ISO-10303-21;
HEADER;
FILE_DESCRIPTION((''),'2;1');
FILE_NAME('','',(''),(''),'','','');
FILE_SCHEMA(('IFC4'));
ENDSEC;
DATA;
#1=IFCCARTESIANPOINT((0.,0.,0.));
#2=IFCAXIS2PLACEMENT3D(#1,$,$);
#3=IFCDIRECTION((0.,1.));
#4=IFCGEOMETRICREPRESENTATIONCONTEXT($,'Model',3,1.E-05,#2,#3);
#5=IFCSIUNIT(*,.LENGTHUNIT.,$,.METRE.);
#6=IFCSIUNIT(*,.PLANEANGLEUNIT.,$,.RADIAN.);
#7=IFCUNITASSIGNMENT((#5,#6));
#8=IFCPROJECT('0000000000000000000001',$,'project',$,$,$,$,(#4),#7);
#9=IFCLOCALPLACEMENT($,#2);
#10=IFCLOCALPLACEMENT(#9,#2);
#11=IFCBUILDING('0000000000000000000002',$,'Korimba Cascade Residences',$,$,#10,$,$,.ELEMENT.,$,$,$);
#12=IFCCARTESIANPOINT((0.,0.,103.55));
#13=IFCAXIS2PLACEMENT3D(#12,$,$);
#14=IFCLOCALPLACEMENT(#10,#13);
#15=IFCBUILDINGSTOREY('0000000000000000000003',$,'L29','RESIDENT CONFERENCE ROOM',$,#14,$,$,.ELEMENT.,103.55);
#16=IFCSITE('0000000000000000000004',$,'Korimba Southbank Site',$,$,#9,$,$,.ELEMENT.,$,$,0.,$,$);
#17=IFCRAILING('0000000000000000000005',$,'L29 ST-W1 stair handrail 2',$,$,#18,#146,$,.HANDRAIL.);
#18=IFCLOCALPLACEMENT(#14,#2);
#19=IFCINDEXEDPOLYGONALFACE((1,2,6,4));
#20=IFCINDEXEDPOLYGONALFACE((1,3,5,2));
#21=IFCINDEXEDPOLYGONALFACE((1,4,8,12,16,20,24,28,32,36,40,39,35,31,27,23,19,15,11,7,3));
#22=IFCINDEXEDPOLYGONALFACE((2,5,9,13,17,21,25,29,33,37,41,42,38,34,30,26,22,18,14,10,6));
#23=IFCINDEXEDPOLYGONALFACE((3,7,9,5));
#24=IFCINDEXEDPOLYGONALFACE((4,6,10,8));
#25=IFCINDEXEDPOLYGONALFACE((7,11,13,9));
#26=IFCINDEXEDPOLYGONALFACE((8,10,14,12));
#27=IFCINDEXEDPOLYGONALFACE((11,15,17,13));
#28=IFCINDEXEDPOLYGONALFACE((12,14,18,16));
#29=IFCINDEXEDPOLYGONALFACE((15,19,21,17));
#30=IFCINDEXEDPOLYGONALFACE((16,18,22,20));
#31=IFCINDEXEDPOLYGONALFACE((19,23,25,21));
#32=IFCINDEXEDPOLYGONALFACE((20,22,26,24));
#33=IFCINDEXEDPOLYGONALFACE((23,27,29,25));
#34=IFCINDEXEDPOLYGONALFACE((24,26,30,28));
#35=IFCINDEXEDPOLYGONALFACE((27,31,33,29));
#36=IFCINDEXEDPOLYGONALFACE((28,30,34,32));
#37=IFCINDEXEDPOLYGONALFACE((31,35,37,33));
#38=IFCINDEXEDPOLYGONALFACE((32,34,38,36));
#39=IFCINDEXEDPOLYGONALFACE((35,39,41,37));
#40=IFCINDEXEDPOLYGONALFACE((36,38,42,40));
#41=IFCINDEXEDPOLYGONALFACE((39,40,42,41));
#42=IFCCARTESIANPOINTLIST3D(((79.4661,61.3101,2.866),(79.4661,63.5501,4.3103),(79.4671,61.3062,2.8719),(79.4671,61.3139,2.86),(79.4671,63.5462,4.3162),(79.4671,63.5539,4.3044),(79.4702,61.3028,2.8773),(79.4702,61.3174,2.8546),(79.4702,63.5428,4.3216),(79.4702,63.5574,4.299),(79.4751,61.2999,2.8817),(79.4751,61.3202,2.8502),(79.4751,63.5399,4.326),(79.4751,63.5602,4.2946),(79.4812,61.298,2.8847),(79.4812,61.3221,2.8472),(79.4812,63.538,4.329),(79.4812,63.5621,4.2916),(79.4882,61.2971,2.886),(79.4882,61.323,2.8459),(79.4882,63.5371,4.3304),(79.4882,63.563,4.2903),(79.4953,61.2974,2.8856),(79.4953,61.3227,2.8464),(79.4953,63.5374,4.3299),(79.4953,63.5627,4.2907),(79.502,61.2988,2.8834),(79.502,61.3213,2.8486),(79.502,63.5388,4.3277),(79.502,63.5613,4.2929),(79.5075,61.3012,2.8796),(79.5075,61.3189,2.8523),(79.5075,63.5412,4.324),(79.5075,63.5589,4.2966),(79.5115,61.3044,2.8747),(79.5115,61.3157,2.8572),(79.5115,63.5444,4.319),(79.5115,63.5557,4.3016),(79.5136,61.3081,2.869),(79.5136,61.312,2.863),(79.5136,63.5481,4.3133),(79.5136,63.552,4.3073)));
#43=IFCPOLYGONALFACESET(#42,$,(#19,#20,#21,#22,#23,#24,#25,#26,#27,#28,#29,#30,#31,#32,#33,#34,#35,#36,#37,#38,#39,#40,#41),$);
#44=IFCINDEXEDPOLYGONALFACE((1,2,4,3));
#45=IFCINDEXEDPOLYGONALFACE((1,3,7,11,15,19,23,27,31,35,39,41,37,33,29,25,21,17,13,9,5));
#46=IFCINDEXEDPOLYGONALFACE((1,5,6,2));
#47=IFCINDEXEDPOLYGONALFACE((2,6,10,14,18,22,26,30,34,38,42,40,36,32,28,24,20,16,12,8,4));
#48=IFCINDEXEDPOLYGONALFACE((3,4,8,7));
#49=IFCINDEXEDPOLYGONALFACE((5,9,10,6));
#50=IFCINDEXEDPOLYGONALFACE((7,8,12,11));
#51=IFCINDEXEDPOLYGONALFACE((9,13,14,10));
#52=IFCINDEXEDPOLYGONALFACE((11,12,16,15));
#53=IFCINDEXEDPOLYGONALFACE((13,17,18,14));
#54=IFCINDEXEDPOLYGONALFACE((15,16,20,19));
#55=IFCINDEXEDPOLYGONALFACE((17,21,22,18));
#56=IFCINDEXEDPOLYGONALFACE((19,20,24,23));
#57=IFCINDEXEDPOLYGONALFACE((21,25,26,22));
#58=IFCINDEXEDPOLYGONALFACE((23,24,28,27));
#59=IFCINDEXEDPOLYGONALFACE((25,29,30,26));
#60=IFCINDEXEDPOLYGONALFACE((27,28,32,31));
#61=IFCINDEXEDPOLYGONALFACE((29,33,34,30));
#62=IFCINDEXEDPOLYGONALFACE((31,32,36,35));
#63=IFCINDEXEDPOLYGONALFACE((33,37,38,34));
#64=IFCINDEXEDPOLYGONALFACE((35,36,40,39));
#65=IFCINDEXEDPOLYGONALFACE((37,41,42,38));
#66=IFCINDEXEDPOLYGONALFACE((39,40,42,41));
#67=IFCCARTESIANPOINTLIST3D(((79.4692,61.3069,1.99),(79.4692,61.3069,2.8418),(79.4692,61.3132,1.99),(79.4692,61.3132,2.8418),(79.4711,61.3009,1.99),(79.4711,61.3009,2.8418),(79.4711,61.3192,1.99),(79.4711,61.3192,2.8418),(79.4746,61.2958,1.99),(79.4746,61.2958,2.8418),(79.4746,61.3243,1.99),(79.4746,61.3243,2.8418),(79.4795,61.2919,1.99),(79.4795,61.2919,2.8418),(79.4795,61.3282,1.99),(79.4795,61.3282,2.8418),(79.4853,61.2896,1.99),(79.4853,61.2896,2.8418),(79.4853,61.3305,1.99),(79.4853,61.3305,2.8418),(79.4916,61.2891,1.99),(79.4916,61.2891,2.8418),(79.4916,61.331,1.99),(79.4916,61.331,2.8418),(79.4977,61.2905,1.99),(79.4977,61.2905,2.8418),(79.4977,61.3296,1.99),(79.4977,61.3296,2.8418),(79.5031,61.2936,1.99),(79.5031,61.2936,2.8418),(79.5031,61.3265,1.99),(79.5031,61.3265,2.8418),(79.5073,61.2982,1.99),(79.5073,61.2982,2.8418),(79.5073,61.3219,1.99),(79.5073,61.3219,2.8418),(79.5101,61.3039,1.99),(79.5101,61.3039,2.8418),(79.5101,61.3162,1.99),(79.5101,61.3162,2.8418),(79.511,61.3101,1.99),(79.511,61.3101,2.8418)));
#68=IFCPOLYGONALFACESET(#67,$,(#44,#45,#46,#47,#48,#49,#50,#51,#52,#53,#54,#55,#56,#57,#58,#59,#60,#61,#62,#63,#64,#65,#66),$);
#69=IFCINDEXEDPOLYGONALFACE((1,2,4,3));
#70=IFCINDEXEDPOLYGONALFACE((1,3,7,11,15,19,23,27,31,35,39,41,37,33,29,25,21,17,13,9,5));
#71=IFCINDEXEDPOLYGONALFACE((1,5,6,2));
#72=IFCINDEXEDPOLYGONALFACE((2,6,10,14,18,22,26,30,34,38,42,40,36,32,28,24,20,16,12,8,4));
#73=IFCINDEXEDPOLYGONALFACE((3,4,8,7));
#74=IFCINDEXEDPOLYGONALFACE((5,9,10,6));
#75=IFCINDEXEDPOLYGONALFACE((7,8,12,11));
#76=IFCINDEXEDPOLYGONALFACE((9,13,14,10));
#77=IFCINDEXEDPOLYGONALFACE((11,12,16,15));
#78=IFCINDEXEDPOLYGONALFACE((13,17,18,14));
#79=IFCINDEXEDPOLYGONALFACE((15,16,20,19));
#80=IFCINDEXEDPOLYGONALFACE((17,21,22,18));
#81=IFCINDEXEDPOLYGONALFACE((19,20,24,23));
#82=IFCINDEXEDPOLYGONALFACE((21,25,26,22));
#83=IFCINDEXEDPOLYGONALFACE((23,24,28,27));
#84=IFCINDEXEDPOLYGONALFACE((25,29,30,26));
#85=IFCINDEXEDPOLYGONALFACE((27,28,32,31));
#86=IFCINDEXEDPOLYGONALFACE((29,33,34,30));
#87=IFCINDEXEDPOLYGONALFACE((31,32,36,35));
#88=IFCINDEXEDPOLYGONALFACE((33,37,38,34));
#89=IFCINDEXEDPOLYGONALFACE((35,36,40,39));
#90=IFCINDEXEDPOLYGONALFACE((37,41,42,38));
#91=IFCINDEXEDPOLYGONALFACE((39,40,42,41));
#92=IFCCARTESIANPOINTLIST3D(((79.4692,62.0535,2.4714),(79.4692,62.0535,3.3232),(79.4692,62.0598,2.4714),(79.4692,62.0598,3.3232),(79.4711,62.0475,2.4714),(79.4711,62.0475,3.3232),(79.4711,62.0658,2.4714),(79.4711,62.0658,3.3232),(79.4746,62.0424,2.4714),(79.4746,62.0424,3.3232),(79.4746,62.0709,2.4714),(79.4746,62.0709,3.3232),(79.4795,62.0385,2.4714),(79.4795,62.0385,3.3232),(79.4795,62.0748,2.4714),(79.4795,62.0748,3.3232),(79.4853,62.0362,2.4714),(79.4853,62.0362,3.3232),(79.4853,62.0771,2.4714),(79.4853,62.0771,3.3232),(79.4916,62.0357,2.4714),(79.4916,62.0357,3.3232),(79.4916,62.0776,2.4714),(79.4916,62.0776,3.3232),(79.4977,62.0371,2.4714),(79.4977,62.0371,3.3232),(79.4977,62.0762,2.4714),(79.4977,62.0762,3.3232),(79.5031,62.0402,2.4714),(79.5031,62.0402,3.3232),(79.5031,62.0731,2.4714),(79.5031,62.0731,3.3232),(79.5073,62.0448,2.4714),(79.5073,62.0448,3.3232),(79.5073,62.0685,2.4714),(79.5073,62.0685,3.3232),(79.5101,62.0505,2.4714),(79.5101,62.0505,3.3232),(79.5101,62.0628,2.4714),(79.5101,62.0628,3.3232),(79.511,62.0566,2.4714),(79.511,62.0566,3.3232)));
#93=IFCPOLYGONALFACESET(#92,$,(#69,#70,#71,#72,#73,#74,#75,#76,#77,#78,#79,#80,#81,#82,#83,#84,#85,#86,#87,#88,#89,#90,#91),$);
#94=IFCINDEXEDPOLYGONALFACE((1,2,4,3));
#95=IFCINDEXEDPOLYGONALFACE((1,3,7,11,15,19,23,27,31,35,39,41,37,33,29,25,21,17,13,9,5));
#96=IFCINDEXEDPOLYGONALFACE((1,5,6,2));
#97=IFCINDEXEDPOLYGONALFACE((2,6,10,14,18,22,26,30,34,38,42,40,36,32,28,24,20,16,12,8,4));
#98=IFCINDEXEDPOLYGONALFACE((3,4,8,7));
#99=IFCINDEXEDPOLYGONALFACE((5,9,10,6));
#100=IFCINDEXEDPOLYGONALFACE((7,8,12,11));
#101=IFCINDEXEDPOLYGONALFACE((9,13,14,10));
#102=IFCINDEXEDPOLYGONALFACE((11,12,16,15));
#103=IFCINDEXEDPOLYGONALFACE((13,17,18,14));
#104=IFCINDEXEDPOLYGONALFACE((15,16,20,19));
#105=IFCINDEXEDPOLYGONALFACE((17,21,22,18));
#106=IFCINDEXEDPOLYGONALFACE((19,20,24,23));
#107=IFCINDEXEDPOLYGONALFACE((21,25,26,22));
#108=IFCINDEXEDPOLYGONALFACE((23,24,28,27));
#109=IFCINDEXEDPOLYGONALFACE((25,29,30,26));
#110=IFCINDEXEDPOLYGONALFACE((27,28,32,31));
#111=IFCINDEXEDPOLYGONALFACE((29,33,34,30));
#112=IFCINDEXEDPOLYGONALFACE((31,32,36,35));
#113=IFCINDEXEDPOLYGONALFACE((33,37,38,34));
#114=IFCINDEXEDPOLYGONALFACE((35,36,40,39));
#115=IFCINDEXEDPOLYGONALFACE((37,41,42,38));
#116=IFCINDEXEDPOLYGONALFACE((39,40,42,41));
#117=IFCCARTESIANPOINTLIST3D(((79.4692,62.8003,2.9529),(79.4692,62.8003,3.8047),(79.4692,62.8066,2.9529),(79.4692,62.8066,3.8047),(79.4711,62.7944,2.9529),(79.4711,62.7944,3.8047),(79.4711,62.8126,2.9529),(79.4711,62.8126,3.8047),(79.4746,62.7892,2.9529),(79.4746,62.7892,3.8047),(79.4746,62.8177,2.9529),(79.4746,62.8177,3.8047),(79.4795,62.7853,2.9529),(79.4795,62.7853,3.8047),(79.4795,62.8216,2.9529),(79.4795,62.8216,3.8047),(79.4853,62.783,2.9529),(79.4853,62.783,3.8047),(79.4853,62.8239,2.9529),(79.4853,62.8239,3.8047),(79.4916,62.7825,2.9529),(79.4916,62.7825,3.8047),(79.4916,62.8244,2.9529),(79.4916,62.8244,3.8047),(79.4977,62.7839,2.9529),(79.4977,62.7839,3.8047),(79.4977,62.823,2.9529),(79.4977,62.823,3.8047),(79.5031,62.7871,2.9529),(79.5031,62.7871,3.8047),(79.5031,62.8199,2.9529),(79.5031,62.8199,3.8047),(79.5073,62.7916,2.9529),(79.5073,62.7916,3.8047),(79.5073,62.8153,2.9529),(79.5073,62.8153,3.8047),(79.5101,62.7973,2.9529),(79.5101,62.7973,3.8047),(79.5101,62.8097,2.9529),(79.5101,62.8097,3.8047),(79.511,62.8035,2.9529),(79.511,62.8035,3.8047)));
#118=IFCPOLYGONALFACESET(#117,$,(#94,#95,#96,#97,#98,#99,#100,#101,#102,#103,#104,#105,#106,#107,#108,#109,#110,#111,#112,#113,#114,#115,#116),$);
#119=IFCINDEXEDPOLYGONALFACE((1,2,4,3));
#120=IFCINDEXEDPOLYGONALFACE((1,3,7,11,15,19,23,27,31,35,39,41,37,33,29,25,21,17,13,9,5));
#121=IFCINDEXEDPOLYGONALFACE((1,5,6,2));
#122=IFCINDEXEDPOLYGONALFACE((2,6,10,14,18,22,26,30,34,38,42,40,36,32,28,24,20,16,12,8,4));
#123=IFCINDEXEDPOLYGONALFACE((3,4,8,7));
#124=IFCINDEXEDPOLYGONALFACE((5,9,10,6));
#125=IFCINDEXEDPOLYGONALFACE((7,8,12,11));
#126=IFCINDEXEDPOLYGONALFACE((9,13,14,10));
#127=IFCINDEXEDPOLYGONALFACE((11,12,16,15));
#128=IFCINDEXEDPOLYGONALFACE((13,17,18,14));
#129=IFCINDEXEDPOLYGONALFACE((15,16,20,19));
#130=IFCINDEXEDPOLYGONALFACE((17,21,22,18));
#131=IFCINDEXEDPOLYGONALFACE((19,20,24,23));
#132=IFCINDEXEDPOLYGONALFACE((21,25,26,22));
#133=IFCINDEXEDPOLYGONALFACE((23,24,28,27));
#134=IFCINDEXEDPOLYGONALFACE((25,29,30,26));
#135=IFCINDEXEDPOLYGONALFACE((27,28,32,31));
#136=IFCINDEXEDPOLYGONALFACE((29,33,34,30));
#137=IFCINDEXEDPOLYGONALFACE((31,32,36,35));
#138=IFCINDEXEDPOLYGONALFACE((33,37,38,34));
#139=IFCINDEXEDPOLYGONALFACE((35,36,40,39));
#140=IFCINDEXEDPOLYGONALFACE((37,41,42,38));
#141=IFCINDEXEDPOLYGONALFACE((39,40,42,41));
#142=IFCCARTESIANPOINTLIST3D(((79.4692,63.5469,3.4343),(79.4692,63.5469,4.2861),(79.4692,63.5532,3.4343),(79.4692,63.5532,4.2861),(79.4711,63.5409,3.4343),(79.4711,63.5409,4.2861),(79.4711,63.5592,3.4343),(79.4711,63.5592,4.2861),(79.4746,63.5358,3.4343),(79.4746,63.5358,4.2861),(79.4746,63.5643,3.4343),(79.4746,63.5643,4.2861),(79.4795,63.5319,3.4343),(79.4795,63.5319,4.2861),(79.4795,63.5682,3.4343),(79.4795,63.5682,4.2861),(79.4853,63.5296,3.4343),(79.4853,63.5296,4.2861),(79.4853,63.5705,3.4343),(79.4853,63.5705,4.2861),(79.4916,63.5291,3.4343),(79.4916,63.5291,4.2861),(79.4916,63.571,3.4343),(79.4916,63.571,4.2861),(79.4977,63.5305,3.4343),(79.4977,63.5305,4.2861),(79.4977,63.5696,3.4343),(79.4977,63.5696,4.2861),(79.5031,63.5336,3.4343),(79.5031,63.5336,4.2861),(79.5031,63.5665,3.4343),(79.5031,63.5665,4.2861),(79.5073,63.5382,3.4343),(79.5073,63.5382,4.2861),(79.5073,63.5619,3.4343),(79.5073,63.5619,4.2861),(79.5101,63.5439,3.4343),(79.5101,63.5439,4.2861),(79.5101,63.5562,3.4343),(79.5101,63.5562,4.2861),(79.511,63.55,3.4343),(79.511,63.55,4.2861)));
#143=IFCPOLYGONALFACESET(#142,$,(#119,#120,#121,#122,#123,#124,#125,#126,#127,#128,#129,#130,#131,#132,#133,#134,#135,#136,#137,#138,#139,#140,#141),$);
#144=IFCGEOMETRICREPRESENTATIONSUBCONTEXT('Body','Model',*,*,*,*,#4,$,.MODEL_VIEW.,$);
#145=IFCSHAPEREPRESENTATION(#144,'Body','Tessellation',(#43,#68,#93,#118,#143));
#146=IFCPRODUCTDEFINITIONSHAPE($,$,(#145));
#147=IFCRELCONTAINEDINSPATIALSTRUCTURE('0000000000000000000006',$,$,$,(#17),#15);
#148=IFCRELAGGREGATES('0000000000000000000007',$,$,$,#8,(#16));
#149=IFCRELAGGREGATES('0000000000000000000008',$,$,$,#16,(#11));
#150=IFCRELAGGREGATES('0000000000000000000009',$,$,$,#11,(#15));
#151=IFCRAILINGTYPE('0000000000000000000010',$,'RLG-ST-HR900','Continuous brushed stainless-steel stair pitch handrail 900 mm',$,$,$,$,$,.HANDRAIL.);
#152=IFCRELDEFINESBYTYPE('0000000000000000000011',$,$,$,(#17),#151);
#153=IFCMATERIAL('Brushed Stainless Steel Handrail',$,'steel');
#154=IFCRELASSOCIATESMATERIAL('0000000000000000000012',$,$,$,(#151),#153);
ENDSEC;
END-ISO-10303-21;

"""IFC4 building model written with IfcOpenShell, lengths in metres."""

from ifc_helpers import new_model, si_unit, direction, frame, origin, origin_2d, place, context, subcontext, project, spatial, circle, extrude, material, type_object, element, save


model = new_model("IFC4")

# Units and contexts
model_context = context("Model", 3, precision=1e-05, world=origin(), true_north=direction((0.0, 1.0)))
body_context = subcontext(model_context, "Body", "Model", "MODEL_VIEW")
ifc_project = project(units=[si_unit("LENGTHUNIT", "METRE"), si_unit("PLANEANGLEUNIT", "RADIAN")], contexts=[model_context])

# Site, building, storey
site_placement = place(None, origin())
site = spatial("IfcSite", under=ifc_project, at=site_placement, Name="Korimba Southbank Site", CompositionType="ELEMENT", RefElevation=0.0)
building_placement = place(site_placement, origin())
building = spatial("IfcBuilding", under=site, at=building_placement, Name="Korimba Cascade Residences", CompositionType="ELEMENT")
storey_placement = place(building_placement, frame((0.0, 0.0, 103.55)))
storey = spatial("IfcBuildingStorey", under=building, at=storey_placement, Name="L29", Description="RESIDENT CONFERENCE ROOM", CompositionType="ELEMENT", Elevation=103.55)

# Railing
ifc_material_1 = material(Name="Brushed Stainless Steel Handrail", Category="steel")
railing_type_1 = type_object("IfcRailingType", Name="RLG-ST-HR900", Description="Continuous brushed stainless-steel stair pitch handrail 900 mm", PredefinedType="HANDRAIL", material=ifc_material_1)
railing_1_placement = place(storey_placement, frame((79.49, 61.3101, 1.99)))
element("IfcRailing", 1, at=railing_1_placement, inside=storey, type_object=railing_type_1, Name="L29 ST-W1 stair handrail 2", PredefinedType="HANDRAIL", context=body_context, shape_type="SweptSolid", body=[
    extrude(circle(Radius=0.0239, at=origin_2d()), frame((0.0, 0.0, 0.876), z_axis=(0.0, 0.840437, 0.54191), x_axis=(-1.0, 0.0, 0.0)), (0.0, 0.0, 1.0), 2.6653),
    extrude(circle(Radius=0.021, at=origin_2d()), origin(), (0.0, 0.0, 1.0), 0.8518),
    extrude(circle(Radius=0.021, at=origin_2d()), frame((0.0, 0.7466, 0.4814)), (0.0, 0.0, 1.0), 0.8518),
    extrude(circle(Radius=0.021, at=origin_2d()), frame((0.0, 1.4934, 0.9629)), (0.0, 0.0, 1.0), 0.8518),
    extrude(circle(Radius=0.021, at=origin_2d()), frame((0.0, 2.24, 1.4443)), (0.0, 0.0, 1.0), 0.8518),
])

save(model, "model.ifc")
